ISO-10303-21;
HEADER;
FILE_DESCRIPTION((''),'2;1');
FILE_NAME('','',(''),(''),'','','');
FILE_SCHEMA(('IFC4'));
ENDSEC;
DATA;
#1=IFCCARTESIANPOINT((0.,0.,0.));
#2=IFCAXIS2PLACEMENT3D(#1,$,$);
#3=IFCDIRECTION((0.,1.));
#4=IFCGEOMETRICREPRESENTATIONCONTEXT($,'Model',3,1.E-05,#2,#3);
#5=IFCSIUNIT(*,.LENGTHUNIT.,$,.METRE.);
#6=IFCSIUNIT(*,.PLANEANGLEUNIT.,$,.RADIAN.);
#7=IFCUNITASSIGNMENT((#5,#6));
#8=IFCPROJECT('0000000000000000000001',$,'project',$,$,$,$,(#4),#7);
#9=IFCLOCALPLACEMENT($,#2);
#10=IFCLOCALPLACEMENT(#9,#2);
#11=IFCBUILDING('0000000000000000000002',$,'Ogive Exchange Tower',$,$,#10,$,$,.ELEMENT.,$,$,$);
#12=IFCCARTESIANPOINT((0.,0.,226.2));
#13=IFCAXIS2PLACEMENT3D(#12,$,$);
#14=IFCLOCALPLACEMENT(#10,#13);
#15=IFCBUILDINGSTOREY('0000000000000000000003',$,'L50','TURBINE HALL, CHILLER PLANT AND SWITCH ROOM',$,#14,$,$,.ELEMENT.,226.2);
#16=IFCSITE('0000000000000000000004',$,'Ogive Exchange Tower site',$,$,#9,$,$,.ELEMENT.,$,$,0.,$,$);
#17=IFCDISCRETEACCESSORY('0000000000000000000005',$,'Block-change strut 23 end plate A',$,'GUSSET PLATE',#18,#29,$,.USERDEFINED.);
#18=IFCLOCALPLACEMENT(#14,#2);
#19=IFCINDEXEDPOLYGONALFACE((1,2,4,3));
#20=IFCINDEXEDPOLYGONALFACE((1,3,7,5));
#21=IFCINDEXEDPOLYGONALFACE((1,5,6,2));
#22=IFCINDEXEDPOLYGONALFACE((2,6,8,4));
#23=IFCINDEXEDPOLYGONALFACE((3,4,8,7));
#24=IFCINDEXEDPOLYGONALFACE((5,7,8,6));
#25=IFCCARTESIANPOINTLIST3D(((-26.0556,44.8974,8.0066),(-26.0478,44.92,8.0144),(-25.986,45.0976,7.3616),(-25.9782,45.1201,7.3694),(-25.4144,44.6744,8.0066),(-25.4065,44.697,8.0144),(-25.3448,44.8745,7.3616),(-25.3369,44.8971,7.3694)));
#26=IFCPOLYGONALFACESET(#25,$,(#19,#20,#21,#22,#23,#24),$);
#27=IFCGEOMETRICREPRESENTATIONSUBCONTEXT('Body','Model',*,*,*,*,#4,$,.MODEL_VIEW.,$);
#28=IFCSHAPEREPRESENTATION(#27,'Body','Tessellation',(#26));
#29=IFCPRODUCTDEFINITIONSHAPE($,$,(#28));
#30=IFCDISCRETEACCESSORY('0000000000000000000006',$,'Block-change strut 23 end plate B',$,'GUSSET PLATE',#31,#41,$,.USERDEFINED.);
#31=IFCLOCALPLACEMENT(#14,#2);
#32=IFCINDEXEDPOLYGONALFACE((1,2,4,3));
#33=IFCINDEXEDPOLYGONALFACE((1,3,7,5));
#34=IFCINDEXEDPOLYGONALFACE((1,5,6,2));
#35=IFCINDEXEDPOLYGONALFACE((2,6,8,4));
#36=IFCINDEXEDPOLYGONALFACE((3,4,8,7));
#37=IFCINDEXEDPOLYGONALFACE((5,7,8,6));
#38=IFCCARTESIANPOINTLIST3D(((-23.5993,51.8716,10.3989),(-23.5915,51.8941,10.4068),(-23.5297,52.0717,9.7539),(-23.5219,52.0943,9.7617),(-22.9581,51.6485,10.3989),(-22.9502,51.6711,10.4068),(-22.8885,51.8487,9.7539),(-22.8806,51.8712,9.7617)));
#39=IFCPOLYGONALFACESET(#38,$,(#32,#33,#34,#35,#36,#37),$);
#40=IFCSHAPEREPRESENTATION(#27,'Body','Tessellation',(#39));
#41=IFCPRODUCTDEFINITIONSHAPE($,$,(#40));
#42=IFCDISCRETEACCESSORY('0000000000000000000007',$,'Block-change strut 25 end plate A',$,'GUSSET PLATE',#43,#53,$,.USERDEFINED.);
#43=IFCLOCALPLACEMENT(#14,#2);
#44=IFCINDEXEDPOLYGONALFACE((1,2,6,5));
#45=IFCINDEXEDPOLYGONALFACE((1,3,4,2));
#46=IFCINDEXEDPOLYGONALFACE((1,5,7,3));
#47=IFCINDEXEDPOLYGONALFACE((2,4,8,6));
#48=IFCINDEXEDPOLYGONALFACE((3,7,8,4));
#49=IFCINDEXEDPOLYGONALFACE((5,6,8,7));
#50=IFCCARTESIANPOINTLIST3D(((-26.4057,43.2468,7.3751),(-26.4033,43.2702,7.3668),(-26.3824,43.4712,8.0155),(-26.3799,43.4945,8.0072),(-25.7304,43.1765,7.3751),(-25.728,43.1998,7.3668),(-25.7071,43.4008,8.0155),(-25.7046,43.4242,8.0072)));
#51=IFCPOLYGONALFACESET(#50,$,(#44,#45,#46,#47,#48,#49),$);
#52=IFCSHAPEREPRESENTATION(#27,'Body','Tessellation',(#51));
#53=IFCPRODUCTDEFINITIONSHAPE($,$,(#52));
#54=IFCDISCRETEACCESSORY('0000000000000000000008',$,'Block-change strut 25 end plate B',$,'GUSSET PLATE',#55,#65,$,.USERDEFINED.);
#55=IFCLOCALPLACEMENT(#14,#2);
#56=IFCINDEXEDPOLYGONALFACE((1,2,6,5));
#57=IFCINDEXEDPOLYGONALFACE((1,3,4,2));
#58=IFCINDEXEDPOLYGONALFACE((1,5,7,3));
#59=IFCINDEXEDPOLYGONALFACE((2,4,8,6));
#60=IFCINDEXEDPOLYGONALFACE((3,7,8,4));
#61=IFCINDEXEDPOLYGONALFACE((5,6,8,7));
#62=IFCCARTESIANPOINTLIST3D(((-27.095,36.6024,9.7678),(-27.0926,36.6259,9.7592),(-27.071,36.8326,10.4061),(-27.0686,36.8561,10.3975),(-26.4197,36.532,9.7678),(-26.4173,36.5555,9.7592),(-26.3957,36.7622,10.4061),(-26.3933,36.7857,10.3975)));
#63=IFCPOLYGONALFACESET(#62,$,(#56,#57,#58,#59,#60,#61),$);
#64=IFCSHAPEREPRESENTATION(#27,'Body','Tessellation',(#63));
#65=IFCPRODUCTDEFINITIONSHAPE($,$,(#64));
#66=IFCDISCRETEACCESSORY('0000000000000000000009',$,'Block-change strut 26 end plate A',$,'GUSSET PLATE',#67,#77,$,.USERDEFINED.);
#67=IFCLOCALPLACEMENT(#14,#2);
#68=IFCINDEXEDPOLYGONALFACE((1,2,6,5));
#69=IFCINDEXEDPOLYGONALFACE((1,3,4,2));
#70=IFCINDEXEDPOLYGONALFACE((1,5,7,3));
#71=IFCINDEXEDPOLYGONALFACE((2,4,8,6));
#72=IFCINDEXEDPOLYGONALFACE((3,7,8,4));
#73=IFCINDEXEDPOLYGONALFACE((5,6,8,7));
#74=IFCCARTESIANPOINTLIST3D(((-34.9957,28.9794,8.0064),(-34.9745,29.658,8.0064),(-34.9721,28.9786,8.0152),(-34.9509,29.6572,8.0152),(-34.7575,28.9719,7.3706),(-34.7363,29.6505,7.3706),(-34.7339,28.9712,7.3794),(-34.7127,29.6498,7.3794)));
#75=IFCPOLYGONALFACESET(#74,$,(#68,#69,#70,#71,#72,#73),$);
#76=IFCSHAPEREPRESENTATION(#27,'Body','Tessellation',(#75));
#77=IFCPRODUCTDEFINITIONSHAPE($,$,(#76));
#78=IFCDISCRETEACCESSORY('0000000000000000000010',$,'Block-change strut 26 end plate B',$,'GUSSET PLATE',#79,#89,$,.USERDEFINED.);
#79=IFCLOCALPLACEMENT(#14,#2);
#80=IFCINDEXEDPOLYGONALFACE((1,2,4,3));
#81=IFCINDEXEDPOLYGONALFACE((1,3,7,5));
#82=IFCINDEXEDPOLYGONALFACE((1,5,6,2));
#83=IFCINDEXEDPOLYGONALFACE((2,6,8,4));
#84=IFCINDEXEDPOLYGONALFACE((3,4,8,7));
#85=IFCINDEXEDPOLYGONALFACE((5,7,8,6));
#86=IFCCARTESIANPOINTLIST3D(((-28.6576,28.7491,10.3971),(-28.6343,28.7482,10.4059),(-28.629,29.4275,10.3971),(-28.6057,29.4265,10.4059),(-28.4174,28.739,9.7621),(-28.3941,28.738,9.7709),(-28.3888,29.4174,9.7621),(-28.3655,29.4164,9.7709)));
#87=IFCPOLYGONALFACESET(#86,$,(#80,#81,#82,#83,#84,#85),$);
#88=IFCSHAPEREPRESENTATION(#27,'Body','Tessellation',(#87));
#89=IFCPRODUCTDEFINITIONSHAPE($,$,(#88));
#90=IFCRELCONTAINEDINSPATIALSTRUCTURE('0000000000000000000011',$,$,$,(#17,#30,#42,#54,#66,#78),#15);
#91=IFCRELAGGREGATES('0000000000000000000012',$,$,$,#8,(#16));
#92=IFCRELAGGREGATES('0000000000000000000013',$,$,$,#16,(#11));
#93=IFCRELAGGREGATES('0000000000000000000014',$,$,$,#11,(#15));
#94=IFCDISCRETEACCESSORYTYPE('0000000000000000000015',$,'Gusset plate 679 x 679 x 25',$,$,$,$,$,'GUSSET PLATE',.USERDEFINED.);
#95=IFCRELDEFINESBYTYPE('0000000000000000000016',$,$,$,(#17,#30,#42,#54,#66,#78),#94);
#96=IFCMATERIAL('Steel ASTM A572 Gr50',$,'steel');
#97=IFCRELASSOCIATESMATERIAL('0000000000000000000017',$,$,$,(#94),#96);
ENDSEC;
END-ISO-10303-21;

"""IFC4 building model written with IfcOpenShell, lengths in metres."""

from ifc_helpers import new_model, si_unit, direction, frame, origin, origin_2d, place, context, subcontext, project, spatial, rectangle, extrude, material, material_profile, profile_set, type_object, element, save


model = new_model("IFC4")

# Units and contexts
model_context = context("Model", 3, precision=1e-05, world=origin(), true_north=direction((0.0, 1.0)))
body_context = subcontext(model_context, "Body", "Model", "MODEL_VIEW")
ifc_project = project(units=[si_unit("LENGTHUNIT", "METRE"), si_unit("PLANEANGLEUNIT", "RADIAN")], contexts=[model_context])

# Site, building, storey
site_placement = place(None, origin())
site = spatial("IfcSite", under=ifc_project, at=site_placement, Name="Ogive Exchange Tower site", CompositionType="ELEMENT", RefElevation=0.0)
building_placement = place(site_placement, origin())
building = spatial("IfcBuilding", under=site, at=building_placement, Name="Ogive Exchange Tower", CompositionType="ELEMENT")
storey_placement = place(building_placement, frame((0.0, 0.0, 226.2)))
storey = spatial("IfcBuildingStorey", under=building, at=storey_placement, Name="L50", Description="TURBINE HALL, CHILLER PLANT AND SWITCH ROOM", CompositionType="ELEMENT", Elevation=226.2)

# Discrete accessories
ifc_material_1 = material(Name="Steel ASTM A572 Gr50", Category="steel")
ifc_material_profile_1 = material_profile(ifc_material_1, rectangle(XDim=0.679, YDim=0.679, at=origin_2d()), Name="PL 679 x 679 x 25")
ifc_profile_set_1 = profile_set([ifc_material_profile_1], Name="Steel ASTM A572 Gr50")
discrete_accessory_type_1 = type_object("IfcDiscreteAccessoryType", Name="Gusset plate 679 x 679 x 25", ElementType="GUSSET PLATE", PredefinedType="USERDEFINED", material=ifc_profile_set_1)
for number, where, z_axis, x_axis, name in (
    (1, (-25.7002, 44.886, 7.6841), (0.31211, 0.897315, 0.31211), (-0.944497, 0.328521, 0.0), "Block-change strut 23 end plate A"),
    (2, (-23.2439, 51.8601, 10.0764), (0.31211, 0.897315, 0.31211), (-0.944497, 0.328521, 0.0), "Block-change strut 23 end plate B"),
):
    element("IfcDiscreteAccessory", number, at=place(storey_placement, frame(where, z_axis=z_axis, x_axis=x_axis)), inside=storey, type_object=discrete_accessory_type_1, Name=name, ObjectType="GUSSET PLATE", PredefinedType="USERDEFINED", context=body_context, shape_type="SweptSolid", body=[
        extrude(rectangle(XDim=0.679, YDim=0.679, at=origin_2d()), origin(), (0.0, 0.0, 1.0), 0.0251),
    ])
discrete_accessory_1_placement = place(storey_placement, frame((-26.054, 43.3472, 7.687), z_axis=(-0.09772, -0.938116, 0.332249), x_axis=(0.994618, -0.103606, 0.0)))
element("IfcDiscreteAccessory", 3, at=discrete_accessory_1_placement, inside=storey, type_object=discrete_accessory_type_1, Name="Block-change strut 25 end plate A", ObjectType="GUSSET PLATE", PredefinedType="USERDEFINED", context=body_context, shape_type="SweptSolid", body=[
    extrude(rectangle(XDim=0.679, YDim=0.679, at=origin_2d()), origin(), (0.0, 0.0, 1.0), 0.0249),
])
for number, where, z_axis, x_axis, name in (
    (4, (-26.7429, 36.7058, 10.0784), (-0.0974, -0.93504, 0.3409), (0.994618, -0.103606, 0.0), "Block-change strut 25 end plate B"),
    (5, (-34.866, 29.3149, 7.6885), (0.935929, -0.029248, 0.350973), (0.031235, 0.999512, 0.0), "Block-change strut 26 end plate A"),
):
    element("IfcDiscreteAccessory", number, at=place(storey_placement, frame(where, z_axis=z_axis, x_axis=x_axis)), inside=storey, type_object=discrete_accessory_type_1, Name=name, ObjectType="GUSSET PLATE", PredefinedType="USERDEFINED", context=body_context, shape_type="SweptSolid", body=[
        extrude(rectangle(XDim=0.679, YDim=0.679, at=origin_2d()), origin(), (0.0, 0.0, 1.0), 0.0251),
    ])
discrete_accessory_2_placement = place(storey_placement, frame((-28.5232, 29.0833, 10.0796), z_axis=(0.934386, -0.039343, 0.354083), x_axis=(0.042068, 0.999115, 0.0)))
element("IfcDiscreteAccessory", 6, at=discrete_accessory_2_placement, inside=storey, type_object=discrete_accessory_type_1, Name="Block-change strut 26 end plate B", ObjectType="GUSSET PLATE", PredefinedType="USERDEFINED", context=body_context, shape_type="SweptSolid", body=[
    extrude(rectangle(XDim=0.679, YDim=0.679, at=origin_2d()), origin(), (0.0, 0.0, 1.0), 0.0249),
])

save(model, "model.ifc")
